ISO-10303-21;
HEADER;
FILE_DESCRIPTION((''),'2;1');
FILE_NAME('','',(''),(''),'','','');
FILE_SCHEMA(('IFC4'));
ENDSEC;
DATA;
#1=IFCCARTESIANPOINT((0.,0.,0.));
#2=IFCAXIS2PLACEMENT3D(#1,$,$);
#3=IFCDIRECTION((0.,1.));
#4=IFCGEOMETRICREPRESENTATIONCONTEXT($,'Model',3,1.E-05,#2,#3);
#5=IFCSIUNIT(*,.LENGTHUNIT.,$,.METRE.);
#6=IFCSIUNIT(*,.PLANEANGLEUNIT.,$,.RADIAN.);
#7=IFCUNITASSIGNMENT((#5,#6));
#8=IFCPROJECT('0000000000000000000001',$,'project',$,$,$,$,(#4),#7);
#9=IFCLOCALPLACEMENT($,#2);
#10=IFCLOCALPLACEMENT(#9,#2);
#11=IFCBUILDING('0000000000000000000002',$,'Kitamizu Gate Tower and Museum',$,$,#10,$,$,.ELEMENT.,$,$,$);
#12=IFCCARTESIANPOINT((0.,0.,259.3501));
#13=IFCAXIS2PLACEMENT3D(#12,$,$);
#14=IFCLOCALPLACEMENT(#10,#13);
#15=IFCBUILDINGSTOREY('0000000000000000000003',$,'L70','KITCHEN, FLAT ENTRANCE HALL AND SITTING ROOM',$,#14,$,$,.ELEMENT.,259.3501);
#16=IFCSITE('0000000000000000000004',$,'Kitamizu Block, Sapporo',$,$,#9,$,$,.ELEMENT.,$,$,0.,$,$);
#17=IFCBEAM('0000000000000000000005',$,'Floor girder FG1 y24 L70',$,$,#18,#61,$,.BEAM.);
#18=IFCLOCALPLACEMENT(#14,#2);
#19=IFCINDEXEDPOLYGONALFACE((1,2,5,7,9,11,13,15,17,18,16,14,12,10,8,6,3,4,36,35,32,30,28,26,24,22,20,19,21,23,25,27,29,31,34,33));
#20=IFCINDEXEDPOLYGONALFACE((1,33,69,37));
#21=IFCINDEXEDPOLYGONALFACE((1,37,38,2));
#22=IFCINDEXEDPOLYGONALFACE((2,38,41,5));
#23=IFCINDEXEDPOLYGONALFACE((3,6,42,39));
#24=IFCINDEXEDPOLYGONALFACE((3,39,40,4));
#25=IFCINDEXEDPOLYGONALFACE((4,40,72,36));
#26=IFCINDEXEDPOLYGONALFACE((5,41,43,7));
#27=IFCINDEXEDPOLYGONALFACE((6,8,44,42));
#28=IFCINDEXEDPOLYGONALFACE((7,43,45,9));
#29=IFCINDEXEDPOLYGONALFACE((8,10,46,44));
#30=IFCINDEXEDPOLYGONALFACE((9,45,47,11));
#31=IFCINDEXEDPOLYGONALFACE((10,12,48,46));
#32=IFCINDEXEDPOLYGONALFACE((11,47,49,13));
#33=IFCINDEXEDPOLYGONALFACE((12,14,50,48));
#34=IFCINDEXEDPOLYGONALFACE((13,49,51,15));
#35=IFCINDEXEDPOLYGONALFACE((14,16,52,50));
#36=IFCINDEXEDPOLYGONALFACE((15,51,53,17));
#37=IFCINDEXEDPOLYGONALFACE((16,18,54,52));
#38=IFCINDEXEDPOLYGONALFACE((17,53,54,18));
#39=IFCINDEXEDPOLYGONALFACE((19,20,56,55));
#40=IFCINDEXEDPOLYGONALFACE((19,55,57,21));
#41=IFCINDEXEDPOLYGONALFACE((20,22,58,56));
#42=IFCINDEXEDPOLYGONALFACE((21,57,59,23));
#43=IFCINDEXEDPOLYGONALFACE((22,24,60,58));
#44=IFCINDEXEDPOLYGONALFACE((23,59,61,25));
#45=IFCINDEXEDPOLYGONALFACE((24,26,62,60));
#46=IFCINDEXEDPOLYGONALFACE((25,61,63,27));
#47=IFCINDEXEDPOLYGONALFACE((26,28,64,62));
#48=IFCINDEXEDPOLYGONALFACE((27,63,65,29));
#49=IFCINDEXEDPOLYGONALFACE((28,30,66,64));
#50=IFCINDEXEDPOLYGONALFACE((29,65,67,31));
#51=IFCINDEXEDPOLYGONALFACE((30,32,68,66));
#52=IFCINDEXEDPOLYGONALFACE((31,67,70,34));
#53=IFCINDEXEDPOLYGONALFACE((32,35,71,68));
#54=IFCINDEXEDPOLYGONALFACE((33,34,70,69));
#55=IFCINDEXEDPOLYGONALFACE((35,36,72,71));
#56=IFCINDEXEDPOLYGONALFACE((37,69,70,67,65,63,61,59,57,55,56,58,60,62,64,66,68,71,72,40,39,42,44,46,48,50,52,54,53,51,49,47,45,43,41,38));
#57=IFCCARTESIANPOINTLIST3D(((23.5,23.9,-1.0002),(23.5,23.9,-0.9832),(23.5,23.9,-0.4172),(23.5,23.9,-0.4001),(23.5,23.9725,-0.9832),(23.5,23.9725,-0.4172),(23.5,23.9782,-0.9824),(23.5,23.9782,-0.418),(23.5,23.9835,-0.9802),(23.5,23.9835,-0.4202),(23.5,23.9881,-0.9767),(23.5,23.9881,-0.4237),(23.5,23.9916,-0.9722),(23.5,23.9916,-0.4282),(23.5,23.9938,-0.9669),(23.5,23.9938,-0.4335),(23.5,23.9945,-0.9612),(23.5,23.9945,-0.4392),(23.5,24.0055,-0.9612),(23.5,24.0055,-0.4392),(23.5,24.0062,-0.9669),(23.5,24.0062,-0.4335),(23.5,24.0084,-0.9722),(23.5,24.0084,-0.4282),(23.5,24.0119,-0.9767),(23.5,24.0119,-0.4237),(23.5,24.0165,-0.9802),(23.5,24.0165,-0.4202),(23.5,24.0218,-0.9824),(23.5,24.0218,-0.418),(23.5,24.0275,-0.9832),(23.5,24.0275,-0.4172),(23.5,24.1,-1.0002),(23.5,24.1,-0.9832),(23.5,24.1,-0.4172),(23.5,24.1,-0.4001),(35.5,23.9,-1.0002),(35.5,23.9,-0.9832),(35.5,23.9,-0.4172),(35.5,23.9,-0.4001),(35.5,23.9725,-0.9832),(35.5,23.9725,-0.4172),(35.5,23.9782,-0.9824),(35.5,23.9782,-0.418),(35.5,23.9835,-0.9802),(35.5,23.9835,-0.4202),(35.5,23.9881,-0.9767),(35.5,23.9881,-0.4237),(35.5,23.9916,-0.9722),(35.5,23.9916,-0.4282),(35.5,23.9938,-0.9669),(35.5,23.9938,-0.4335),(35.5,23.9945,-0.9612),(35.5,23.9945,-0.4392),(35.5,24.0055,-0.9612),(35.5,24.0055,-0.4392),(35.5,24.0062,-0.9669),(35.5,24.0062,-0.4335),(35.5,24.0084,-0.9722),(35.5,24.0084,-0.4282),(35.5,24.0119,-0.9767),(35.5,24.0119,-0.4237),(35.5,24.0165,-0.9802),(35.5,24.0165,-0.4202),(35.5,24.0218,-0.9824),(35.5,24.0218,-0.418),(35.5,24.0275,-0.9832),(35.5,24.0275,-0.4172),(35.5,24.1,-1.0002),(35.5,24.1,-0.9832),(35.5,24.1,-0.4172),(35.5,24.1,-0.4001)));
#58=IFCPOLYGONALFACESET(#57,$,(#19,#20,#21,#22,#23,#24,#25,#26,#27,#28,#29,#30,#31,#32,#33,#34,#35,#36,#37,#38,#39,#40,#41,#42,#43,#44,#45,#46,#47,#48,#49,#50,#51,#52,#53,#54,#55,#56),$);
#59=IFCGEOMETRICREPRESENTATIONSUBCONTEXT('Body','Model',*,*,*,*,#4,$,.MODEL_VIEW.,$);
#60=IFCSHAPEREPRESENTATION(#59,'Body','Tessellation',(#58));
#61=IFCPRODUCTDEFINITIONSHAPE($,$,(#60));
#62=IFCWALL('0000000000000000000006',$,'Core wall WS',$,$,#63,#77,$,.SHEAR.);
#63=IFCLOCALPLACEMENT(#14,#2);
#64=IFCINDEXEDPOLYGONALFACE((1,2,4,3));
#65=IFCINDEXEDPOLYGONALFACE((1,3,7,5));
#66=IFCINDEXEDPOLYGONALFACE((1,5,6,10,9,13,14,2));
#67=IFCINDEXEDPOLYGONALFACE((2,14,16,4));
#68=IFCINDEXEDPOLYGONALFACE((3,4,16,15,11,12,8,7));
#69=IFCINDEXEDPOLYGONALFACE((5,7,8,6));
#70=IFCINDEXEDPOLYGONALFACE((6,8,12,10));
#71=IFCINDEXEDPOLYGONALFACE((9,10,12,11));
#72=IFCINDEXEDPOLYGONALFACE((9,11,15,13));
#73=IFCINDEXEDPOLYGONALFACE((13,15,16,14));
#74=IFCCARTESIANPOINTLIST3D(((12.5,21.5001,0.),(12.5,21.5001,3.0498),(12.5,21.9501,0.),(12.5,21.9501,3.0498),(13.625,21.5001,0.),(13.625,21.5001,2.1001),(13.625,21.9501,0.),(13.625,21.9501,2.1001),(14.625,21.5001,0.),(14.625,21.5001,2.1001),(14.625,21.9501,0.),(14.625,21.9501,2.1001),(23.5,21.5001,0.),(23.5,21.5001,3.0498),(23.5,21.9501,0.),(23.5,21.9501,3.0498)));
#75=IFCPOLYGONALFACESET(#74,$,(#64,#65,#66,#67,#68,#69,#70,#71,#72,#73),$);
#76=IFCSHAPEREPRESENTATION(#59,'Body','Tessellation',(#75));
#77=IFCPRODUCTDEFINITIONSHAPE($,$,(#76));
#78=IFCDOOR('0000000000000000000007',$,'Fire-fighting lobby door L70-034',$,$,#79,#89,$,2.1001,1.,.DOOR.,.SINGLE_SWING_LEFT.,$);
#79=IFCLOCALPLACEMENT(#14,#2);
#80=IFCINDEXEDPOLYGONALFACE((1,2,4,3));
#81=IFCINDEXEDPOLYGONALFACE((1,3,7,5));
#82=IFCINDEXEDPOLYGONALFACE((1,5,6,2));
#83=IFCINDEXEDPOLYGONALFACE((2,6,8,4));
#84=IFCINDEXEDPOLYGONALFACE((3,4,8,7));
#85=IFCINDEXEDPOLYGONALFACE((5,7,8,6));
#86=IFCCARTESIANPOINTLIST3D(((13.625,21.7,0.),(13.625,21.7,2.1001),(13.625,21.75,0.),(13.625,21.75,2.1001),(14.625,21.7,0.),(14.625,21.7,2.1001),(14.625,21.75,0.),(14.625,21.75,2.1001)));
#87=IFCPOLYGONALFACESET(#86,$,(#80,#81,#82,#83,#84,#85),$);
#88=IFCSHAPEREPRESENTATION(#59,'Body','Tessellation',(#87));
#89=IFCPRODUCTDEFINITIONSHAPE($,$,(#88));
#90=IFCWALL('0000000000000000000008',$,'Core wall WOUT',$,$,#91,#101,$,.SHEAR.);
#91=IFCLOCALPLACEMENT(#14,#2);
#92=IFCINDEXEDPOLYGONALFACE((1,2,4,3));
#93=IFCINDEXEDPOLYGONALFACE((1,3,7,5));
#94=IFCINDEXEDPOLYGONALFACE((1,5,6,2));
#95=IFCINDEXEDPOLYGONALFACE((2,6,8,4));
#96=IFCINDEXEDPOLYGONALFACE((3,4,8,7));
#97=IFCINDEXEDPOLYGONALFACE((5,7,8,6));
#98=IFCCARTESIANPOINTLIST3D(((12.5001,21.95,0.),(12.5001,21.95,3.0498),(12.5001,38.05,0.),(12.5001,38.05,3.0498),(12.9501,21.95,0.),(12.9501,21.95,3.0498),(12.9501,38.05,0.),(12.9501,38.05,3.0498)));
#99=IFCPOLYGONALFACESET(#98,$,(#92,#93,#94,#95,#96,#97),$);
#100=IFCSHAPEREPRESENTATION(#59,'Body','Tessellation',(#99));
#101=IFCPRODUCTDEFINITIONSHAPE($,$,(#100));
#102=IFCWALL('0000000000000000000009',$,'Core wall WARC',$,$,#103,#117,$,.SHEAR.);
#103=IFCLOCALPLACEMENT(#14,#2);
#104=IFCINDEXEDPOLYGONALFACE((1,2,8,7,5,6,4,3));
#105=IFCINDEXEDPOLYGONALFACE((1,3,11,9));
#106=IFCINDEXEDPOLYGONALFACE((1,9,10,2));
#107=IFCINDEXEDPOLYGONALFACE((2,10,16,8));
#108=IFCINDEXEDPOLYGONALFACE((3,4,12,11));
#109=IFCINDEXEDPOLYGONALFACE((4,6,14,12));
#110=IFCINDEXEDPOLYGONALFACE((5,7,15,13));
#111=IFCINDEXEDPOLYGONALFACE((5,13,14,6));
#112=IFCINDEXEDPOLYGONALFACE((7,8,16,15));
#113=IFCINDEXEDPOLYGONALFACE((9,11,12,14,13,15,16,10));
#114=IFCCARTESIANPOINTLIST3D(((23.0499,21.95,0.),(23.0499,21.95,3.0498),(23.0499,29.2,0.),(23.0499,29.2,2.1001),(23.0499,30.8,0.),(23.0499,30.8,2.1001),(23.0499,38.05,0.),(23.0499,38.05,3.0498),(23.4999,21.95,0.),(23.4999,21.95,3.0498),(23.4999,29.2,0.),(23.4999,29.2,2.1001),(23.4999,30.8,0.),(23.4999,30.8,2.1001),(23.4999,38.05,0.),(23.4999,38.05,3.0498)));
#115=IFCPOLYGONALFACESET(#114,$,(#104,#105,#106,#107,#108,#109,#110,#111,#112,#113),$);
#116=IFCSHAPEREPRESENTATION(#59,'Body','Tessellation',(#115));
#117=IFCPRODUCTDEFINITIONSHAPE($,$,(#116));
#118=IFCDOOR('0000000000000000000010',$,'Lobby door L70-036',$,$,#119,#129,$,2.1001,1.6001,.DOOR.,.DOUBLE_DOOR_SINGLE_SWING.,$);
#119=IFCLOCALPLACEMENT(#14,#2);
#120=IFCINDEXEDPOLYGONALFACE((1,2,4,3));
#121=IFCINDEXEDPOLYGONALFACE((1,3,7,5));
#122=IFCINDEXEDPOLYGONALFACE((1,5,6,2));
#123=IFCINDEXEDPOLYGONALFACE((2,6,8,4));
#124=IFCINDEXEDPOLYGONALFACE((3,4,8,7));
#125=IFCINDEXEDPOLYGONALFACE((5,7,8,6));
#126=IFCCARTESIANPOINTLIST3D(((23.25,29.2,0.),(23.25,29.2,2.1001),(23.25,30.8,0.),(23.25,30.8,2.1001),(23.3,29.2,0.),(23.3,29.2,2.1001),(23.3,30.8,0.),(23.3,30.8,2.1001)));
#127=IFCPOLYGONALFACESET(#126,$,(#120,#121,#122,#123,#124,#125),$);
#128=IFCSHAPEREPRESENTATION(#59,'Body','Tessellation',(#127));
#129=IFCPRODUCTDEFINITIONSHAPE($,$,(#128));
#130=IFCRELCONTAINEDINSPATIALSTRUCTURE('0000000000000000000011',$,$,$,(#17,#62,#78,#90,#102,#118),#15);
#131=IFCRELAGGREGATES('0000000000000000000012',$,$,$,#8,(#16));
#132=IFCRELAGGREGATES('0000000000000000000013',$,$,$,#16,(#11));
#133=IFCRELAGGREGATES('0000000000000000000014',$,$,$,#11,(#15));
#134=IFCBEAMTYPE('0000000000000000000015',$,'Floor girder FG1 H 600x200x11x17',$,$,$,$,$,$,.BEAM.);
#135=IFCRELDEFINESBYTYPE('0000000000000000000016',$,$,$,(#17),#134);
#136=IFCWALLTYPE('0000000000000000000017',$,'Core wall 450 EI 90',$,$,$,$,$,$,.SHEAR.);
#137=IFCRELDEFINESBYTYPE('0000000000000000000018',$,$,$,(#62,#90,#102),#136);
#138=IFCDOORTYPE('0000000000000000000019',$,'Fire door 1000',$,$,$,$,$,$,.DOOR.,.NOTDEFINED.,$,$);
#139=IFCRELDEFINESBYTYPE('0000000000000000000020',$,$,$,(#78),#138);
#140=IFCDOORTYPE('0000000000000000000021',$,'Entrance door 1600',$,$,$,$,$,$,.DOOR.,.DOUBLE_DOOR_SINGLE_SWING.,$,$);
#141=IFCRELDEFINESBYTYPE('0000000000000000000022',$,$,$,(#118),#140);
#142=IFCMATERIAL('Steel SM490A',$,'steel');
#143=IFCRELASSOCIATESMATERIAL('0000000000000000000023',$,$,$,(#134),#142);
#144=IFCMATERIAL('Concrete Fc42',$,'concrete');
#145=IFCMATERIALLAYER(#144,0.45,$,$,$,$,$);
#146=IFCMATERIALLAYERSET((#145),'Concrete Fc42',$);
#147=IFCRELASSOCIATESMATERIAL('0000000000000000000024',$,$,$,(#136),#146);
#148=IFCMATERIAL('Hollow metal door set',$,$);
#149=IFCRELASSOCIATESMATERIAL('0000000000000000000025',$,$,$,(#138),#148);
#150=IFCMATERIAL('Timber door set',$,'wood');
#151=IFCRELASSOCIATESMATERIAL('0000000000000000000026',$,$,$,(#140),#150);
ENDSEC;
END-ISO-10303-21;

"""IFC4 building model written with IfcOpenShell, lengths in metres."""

from ifc_helpers import new_model, si_unit, direction, frame, frame_2d, origin, origin_2d, place, context, subcontext, project, spatial, rectangle, i_section, extrude, material, layer, layer_set, material_profile, profile_set, type_object, element, fill, save


model = new_model("IFC4")

# Units and contexts
model_context = context("Model", 3, precision=1e-05, world=origin(), true_north=direction((0.0, 1.0)))
body_context = subcontext(model_context, "Body", "Model", "MODEL_VIEW")
ifc_project = project(units=[si_unit("LENGTHUNIT", "METRE"), si_unit("PLANEANGLEUNIT", "RADIAN")], contexts=[model_context])

# Site, building, storey
site_placement = place(None, origin())
site = spatial("IfcSite", under=ifc_project, at=site_placement, Name="Kitamizu Block, Sapporo", CompositionType="ELEMENT", RefElevation=0.0)
building_placement = place(site_placement, origin())
building = spatial("IfcBuilding", under=site, at=building_placement, Name="Kitamizu Gate Tower and Museum", CompositionType="ELEMENT")
storey_placement = place(building_placement, frame((0.0, 0.0, 259.3501)))
storey = spatial("IfcBuildingStorey", under=building, at=storey_placement, Name="L70", Description="KITCHEN, FLAT ENTRANCE HALL AND SITTING ROOM", CompositionType="ELEMENT", Elevation=259.3501)

# Beam
ifc_material_1 = material(Name="Steel SM490A", Category="steel")
ifc_material_profile = material_profile(ifc_material_1, i_section(OverallWidth=0.2, OverallDepth=0.6001, WebThickness=0.011, FlangeThickness=0.0171, FilletRadius=0.022, at=origin_2d()), Name="H-600x200x11x17")
ifc_profile_set = profile_set([ifc_material_profile], Name="Steel SM490A")
beam_type = type_object("IfcBeamType", Name="Floor girder FG1 H 600x200x11x17", PredefinedType="BEAM", material=ifc_profile_set)
beam_placement = place(storey_placement, frame((23.5, 24.0, -0.7002), z_axis=(1.0, 0.0, 0.0), x_axis=(0.0, 1.0, 0.0)))
element("IfcBeam", 1, at=beam_placement, inside=storey, type_object=beam_type, Name="Floor girder FG1 y24 L70", PredefinedType="BEAM", context=body_context, shape_type="SweptSolid", body=[
    extrude(i_section(OverallWidth=0.2, OverallDepth=0.6001, WebThickness=0.011, FlangeThickness=0.0171, FilletRadius=0.022, at=origin_2d()), origin(), (0.0, 0.0, 1.0), 12.0),
])

# Wall, opening, door
ifc_material_2 = material(Name="Concrete Fc42", Category="concrete")
ifc_layer_1 = layer(ifc_material_2, 0.45)
ifc_layer_set_1 = layer_set([ifc_layer_1], Name="Concrete Fc42")
wall_type_1 = type_object("IfcWallType", Name="Core wall 450 EI 90", PredefinedType="SHEAR", material=ifc_layer_set_1)
wall_1_placement = place(storey_placement, frame((12.5, 21.7251, 0.0), z_axis=(0.0, 0.0, 1.0), x_axis=(1.0, 0.0, 0.0)))
wall_1 = element("IfcWall", 2, at=wall_1_placement, inside=storey, type_object=wall_type_1, Name="Core wall WS", PredefinedType="SHEAR", context=body_context, shape_type="SweptSolid", body=[
    extrude(rectangle(XDim=11.0, YDim=0.45, at=frame_2d((5.5, 0.0))), origin(), (0.0, 0.0, 1.0), 3.0498),
])
opening_1_placement = place(wall_1_placement, frame((1.125, 0.0, 0.0)))
opening_1 = element("IfcOpeningElement", 3, at=opening_1_placement, cuts=wall_1, PredefinedType="OPENING", context=body_context, shape_type="SweptSolid", body=[
    extrude(rectangle(XDim=1.0, YDim=2.1001, at=frame_2d((0.5, 1.05))), frame((0.0, 0.2349, 0.0), z_axis=(0.0, -1.0, 0.0), x_axis=(1.0, 0.0, 0.0)), (0.0, 0.0, 1.0), 0.47),
])
ifc_material_3 = material(Name="Hollow metal door set")
door_type_1 = type_object("IfcDoorType", Name="Fire door 1000", OperationType="NOTDEFINED", PredefinedType="DOOR", material=ifc_material_3)
door_1_placement = place(opening_1_placement, origin())
door_1 = element("IfcDoor", 4, at=door_1_placement, inside=storey, type_object=door_type_1, Name="Fire-fighting lobby door L70-034", OperationType="SINGLE_SWING_LEFT", OverallHeight=2.1001, OverallWidth=1.0, PredefinedType="DOOR", context=body_context, shape_type="SweptSolid", body=[
    extrude(rectangle(XDim=1.0, YDim=2.1001, at=frame_2d((0.5, 1.05))), frame((0.0, 0.0249, 0.0), z_axis=(0.0, -1.0, 0.0), x_axis=(1.0, 0.0, 0.0)), (0.0, 0.0, 1.0), 0.05),
])
fill(opening_1, door_1)

# Wall
wall_2_placement = place(storey_placement, frame((12.7251, 21.95, 0.0), z_axis=(0.0, 0.0, 1.0), x_axis=(0.0, 1.0, 0.0)))
element("IfcWall", 5, at=wall_2_placement, inside=storey, type_object=wall_type_1, Name="Core wall WOUT", PredefinedType="SHEAR", context=body_context, shape_type="SweptSolid", body=[
    extrude(rectangle(XDim=16.1001, YDim=0.45, at=frame_2d((8.05, 0.0))), origin(), (0.0, 0.0, 1.0), 3.0498),
])

# Wall, opening, door
wall_3_placement = place(storey_placement, frame((23.2749, 21.95, 0.0), z_axis=(0.0, 0.0, 1.0), x_axis=(0.0, 1.0, 0.0)))
wall_3 = element("IfcWall", 6, at=wall_3_placement, inside=storey, type_object=wall_type_1, Name="Core wall WARC", PredefinedType="SHEAR", context=body_context, shape_type="SweptSolid", body=[
    extrude(rectangle(XDim=16.1001, YDim=0.45, at=frame_2d((8.05, 0.0))), origin(), (0.0, 0.0, 1.0), 3.0498),
])
opening_2_placement = place(wall_3_placement, frame((7.25, 0.0, 0.0)))
opening_2 = element("IfcOpeningElement", 7, at=opening_2_placement, cuts=wall_3, PredefinedType="OPENING", context=body_context, shape_type="SweptSolid", body=[
    extrude(rectangle(XDim=1.6001, YDim=2.1001, at=frame_2d((0.8, 1.05))), frame((0.0, 0.2349, 0.0), z_axis=(0.0, -1.0, 0.0), x_axis=(1.0, 0.0, 0.0)), (0.0, 0.0, 1.0), 0.47),
])
ifc_material_4 = material(Name="Timber door set", Category="wood")
door_type_2 = type_object("IfcDoorType", Name="Entrance door 1600", OperationType="DOUBLE_DOOR_SINGLE_SWING", PredefinedType="DOOR", material=ifc_material_4)
door_2_placement = place(opening_2_placement, origin())
door_2 = element("IfcDoor", 8, at=door_2_placement, inside=storey, type_object=door_type_2, Name="Lobby door L70-036", OperationType="DOUBLE_DOOR_SINGLE_SWING", OverallHeight=2.1001, OverallWidth=1.6001, PredefinedType="DOOR", context=body_context, shape_type="SweptSolid", body=[
    extrude(rectangle(XDim=1.6001, YDim=2.1001, at=frame_2d((0.8, 1.05))), frame((0.0, 0.0249, 0.0), z_axis=(0.0, -1.0, 0.0), x_axis=(1.0, 0.0, 0.0)), (0.0, 0.0, 1.0), 0.05),
])
fill(opening_2, door_2)

save(model, "model.ifc")
